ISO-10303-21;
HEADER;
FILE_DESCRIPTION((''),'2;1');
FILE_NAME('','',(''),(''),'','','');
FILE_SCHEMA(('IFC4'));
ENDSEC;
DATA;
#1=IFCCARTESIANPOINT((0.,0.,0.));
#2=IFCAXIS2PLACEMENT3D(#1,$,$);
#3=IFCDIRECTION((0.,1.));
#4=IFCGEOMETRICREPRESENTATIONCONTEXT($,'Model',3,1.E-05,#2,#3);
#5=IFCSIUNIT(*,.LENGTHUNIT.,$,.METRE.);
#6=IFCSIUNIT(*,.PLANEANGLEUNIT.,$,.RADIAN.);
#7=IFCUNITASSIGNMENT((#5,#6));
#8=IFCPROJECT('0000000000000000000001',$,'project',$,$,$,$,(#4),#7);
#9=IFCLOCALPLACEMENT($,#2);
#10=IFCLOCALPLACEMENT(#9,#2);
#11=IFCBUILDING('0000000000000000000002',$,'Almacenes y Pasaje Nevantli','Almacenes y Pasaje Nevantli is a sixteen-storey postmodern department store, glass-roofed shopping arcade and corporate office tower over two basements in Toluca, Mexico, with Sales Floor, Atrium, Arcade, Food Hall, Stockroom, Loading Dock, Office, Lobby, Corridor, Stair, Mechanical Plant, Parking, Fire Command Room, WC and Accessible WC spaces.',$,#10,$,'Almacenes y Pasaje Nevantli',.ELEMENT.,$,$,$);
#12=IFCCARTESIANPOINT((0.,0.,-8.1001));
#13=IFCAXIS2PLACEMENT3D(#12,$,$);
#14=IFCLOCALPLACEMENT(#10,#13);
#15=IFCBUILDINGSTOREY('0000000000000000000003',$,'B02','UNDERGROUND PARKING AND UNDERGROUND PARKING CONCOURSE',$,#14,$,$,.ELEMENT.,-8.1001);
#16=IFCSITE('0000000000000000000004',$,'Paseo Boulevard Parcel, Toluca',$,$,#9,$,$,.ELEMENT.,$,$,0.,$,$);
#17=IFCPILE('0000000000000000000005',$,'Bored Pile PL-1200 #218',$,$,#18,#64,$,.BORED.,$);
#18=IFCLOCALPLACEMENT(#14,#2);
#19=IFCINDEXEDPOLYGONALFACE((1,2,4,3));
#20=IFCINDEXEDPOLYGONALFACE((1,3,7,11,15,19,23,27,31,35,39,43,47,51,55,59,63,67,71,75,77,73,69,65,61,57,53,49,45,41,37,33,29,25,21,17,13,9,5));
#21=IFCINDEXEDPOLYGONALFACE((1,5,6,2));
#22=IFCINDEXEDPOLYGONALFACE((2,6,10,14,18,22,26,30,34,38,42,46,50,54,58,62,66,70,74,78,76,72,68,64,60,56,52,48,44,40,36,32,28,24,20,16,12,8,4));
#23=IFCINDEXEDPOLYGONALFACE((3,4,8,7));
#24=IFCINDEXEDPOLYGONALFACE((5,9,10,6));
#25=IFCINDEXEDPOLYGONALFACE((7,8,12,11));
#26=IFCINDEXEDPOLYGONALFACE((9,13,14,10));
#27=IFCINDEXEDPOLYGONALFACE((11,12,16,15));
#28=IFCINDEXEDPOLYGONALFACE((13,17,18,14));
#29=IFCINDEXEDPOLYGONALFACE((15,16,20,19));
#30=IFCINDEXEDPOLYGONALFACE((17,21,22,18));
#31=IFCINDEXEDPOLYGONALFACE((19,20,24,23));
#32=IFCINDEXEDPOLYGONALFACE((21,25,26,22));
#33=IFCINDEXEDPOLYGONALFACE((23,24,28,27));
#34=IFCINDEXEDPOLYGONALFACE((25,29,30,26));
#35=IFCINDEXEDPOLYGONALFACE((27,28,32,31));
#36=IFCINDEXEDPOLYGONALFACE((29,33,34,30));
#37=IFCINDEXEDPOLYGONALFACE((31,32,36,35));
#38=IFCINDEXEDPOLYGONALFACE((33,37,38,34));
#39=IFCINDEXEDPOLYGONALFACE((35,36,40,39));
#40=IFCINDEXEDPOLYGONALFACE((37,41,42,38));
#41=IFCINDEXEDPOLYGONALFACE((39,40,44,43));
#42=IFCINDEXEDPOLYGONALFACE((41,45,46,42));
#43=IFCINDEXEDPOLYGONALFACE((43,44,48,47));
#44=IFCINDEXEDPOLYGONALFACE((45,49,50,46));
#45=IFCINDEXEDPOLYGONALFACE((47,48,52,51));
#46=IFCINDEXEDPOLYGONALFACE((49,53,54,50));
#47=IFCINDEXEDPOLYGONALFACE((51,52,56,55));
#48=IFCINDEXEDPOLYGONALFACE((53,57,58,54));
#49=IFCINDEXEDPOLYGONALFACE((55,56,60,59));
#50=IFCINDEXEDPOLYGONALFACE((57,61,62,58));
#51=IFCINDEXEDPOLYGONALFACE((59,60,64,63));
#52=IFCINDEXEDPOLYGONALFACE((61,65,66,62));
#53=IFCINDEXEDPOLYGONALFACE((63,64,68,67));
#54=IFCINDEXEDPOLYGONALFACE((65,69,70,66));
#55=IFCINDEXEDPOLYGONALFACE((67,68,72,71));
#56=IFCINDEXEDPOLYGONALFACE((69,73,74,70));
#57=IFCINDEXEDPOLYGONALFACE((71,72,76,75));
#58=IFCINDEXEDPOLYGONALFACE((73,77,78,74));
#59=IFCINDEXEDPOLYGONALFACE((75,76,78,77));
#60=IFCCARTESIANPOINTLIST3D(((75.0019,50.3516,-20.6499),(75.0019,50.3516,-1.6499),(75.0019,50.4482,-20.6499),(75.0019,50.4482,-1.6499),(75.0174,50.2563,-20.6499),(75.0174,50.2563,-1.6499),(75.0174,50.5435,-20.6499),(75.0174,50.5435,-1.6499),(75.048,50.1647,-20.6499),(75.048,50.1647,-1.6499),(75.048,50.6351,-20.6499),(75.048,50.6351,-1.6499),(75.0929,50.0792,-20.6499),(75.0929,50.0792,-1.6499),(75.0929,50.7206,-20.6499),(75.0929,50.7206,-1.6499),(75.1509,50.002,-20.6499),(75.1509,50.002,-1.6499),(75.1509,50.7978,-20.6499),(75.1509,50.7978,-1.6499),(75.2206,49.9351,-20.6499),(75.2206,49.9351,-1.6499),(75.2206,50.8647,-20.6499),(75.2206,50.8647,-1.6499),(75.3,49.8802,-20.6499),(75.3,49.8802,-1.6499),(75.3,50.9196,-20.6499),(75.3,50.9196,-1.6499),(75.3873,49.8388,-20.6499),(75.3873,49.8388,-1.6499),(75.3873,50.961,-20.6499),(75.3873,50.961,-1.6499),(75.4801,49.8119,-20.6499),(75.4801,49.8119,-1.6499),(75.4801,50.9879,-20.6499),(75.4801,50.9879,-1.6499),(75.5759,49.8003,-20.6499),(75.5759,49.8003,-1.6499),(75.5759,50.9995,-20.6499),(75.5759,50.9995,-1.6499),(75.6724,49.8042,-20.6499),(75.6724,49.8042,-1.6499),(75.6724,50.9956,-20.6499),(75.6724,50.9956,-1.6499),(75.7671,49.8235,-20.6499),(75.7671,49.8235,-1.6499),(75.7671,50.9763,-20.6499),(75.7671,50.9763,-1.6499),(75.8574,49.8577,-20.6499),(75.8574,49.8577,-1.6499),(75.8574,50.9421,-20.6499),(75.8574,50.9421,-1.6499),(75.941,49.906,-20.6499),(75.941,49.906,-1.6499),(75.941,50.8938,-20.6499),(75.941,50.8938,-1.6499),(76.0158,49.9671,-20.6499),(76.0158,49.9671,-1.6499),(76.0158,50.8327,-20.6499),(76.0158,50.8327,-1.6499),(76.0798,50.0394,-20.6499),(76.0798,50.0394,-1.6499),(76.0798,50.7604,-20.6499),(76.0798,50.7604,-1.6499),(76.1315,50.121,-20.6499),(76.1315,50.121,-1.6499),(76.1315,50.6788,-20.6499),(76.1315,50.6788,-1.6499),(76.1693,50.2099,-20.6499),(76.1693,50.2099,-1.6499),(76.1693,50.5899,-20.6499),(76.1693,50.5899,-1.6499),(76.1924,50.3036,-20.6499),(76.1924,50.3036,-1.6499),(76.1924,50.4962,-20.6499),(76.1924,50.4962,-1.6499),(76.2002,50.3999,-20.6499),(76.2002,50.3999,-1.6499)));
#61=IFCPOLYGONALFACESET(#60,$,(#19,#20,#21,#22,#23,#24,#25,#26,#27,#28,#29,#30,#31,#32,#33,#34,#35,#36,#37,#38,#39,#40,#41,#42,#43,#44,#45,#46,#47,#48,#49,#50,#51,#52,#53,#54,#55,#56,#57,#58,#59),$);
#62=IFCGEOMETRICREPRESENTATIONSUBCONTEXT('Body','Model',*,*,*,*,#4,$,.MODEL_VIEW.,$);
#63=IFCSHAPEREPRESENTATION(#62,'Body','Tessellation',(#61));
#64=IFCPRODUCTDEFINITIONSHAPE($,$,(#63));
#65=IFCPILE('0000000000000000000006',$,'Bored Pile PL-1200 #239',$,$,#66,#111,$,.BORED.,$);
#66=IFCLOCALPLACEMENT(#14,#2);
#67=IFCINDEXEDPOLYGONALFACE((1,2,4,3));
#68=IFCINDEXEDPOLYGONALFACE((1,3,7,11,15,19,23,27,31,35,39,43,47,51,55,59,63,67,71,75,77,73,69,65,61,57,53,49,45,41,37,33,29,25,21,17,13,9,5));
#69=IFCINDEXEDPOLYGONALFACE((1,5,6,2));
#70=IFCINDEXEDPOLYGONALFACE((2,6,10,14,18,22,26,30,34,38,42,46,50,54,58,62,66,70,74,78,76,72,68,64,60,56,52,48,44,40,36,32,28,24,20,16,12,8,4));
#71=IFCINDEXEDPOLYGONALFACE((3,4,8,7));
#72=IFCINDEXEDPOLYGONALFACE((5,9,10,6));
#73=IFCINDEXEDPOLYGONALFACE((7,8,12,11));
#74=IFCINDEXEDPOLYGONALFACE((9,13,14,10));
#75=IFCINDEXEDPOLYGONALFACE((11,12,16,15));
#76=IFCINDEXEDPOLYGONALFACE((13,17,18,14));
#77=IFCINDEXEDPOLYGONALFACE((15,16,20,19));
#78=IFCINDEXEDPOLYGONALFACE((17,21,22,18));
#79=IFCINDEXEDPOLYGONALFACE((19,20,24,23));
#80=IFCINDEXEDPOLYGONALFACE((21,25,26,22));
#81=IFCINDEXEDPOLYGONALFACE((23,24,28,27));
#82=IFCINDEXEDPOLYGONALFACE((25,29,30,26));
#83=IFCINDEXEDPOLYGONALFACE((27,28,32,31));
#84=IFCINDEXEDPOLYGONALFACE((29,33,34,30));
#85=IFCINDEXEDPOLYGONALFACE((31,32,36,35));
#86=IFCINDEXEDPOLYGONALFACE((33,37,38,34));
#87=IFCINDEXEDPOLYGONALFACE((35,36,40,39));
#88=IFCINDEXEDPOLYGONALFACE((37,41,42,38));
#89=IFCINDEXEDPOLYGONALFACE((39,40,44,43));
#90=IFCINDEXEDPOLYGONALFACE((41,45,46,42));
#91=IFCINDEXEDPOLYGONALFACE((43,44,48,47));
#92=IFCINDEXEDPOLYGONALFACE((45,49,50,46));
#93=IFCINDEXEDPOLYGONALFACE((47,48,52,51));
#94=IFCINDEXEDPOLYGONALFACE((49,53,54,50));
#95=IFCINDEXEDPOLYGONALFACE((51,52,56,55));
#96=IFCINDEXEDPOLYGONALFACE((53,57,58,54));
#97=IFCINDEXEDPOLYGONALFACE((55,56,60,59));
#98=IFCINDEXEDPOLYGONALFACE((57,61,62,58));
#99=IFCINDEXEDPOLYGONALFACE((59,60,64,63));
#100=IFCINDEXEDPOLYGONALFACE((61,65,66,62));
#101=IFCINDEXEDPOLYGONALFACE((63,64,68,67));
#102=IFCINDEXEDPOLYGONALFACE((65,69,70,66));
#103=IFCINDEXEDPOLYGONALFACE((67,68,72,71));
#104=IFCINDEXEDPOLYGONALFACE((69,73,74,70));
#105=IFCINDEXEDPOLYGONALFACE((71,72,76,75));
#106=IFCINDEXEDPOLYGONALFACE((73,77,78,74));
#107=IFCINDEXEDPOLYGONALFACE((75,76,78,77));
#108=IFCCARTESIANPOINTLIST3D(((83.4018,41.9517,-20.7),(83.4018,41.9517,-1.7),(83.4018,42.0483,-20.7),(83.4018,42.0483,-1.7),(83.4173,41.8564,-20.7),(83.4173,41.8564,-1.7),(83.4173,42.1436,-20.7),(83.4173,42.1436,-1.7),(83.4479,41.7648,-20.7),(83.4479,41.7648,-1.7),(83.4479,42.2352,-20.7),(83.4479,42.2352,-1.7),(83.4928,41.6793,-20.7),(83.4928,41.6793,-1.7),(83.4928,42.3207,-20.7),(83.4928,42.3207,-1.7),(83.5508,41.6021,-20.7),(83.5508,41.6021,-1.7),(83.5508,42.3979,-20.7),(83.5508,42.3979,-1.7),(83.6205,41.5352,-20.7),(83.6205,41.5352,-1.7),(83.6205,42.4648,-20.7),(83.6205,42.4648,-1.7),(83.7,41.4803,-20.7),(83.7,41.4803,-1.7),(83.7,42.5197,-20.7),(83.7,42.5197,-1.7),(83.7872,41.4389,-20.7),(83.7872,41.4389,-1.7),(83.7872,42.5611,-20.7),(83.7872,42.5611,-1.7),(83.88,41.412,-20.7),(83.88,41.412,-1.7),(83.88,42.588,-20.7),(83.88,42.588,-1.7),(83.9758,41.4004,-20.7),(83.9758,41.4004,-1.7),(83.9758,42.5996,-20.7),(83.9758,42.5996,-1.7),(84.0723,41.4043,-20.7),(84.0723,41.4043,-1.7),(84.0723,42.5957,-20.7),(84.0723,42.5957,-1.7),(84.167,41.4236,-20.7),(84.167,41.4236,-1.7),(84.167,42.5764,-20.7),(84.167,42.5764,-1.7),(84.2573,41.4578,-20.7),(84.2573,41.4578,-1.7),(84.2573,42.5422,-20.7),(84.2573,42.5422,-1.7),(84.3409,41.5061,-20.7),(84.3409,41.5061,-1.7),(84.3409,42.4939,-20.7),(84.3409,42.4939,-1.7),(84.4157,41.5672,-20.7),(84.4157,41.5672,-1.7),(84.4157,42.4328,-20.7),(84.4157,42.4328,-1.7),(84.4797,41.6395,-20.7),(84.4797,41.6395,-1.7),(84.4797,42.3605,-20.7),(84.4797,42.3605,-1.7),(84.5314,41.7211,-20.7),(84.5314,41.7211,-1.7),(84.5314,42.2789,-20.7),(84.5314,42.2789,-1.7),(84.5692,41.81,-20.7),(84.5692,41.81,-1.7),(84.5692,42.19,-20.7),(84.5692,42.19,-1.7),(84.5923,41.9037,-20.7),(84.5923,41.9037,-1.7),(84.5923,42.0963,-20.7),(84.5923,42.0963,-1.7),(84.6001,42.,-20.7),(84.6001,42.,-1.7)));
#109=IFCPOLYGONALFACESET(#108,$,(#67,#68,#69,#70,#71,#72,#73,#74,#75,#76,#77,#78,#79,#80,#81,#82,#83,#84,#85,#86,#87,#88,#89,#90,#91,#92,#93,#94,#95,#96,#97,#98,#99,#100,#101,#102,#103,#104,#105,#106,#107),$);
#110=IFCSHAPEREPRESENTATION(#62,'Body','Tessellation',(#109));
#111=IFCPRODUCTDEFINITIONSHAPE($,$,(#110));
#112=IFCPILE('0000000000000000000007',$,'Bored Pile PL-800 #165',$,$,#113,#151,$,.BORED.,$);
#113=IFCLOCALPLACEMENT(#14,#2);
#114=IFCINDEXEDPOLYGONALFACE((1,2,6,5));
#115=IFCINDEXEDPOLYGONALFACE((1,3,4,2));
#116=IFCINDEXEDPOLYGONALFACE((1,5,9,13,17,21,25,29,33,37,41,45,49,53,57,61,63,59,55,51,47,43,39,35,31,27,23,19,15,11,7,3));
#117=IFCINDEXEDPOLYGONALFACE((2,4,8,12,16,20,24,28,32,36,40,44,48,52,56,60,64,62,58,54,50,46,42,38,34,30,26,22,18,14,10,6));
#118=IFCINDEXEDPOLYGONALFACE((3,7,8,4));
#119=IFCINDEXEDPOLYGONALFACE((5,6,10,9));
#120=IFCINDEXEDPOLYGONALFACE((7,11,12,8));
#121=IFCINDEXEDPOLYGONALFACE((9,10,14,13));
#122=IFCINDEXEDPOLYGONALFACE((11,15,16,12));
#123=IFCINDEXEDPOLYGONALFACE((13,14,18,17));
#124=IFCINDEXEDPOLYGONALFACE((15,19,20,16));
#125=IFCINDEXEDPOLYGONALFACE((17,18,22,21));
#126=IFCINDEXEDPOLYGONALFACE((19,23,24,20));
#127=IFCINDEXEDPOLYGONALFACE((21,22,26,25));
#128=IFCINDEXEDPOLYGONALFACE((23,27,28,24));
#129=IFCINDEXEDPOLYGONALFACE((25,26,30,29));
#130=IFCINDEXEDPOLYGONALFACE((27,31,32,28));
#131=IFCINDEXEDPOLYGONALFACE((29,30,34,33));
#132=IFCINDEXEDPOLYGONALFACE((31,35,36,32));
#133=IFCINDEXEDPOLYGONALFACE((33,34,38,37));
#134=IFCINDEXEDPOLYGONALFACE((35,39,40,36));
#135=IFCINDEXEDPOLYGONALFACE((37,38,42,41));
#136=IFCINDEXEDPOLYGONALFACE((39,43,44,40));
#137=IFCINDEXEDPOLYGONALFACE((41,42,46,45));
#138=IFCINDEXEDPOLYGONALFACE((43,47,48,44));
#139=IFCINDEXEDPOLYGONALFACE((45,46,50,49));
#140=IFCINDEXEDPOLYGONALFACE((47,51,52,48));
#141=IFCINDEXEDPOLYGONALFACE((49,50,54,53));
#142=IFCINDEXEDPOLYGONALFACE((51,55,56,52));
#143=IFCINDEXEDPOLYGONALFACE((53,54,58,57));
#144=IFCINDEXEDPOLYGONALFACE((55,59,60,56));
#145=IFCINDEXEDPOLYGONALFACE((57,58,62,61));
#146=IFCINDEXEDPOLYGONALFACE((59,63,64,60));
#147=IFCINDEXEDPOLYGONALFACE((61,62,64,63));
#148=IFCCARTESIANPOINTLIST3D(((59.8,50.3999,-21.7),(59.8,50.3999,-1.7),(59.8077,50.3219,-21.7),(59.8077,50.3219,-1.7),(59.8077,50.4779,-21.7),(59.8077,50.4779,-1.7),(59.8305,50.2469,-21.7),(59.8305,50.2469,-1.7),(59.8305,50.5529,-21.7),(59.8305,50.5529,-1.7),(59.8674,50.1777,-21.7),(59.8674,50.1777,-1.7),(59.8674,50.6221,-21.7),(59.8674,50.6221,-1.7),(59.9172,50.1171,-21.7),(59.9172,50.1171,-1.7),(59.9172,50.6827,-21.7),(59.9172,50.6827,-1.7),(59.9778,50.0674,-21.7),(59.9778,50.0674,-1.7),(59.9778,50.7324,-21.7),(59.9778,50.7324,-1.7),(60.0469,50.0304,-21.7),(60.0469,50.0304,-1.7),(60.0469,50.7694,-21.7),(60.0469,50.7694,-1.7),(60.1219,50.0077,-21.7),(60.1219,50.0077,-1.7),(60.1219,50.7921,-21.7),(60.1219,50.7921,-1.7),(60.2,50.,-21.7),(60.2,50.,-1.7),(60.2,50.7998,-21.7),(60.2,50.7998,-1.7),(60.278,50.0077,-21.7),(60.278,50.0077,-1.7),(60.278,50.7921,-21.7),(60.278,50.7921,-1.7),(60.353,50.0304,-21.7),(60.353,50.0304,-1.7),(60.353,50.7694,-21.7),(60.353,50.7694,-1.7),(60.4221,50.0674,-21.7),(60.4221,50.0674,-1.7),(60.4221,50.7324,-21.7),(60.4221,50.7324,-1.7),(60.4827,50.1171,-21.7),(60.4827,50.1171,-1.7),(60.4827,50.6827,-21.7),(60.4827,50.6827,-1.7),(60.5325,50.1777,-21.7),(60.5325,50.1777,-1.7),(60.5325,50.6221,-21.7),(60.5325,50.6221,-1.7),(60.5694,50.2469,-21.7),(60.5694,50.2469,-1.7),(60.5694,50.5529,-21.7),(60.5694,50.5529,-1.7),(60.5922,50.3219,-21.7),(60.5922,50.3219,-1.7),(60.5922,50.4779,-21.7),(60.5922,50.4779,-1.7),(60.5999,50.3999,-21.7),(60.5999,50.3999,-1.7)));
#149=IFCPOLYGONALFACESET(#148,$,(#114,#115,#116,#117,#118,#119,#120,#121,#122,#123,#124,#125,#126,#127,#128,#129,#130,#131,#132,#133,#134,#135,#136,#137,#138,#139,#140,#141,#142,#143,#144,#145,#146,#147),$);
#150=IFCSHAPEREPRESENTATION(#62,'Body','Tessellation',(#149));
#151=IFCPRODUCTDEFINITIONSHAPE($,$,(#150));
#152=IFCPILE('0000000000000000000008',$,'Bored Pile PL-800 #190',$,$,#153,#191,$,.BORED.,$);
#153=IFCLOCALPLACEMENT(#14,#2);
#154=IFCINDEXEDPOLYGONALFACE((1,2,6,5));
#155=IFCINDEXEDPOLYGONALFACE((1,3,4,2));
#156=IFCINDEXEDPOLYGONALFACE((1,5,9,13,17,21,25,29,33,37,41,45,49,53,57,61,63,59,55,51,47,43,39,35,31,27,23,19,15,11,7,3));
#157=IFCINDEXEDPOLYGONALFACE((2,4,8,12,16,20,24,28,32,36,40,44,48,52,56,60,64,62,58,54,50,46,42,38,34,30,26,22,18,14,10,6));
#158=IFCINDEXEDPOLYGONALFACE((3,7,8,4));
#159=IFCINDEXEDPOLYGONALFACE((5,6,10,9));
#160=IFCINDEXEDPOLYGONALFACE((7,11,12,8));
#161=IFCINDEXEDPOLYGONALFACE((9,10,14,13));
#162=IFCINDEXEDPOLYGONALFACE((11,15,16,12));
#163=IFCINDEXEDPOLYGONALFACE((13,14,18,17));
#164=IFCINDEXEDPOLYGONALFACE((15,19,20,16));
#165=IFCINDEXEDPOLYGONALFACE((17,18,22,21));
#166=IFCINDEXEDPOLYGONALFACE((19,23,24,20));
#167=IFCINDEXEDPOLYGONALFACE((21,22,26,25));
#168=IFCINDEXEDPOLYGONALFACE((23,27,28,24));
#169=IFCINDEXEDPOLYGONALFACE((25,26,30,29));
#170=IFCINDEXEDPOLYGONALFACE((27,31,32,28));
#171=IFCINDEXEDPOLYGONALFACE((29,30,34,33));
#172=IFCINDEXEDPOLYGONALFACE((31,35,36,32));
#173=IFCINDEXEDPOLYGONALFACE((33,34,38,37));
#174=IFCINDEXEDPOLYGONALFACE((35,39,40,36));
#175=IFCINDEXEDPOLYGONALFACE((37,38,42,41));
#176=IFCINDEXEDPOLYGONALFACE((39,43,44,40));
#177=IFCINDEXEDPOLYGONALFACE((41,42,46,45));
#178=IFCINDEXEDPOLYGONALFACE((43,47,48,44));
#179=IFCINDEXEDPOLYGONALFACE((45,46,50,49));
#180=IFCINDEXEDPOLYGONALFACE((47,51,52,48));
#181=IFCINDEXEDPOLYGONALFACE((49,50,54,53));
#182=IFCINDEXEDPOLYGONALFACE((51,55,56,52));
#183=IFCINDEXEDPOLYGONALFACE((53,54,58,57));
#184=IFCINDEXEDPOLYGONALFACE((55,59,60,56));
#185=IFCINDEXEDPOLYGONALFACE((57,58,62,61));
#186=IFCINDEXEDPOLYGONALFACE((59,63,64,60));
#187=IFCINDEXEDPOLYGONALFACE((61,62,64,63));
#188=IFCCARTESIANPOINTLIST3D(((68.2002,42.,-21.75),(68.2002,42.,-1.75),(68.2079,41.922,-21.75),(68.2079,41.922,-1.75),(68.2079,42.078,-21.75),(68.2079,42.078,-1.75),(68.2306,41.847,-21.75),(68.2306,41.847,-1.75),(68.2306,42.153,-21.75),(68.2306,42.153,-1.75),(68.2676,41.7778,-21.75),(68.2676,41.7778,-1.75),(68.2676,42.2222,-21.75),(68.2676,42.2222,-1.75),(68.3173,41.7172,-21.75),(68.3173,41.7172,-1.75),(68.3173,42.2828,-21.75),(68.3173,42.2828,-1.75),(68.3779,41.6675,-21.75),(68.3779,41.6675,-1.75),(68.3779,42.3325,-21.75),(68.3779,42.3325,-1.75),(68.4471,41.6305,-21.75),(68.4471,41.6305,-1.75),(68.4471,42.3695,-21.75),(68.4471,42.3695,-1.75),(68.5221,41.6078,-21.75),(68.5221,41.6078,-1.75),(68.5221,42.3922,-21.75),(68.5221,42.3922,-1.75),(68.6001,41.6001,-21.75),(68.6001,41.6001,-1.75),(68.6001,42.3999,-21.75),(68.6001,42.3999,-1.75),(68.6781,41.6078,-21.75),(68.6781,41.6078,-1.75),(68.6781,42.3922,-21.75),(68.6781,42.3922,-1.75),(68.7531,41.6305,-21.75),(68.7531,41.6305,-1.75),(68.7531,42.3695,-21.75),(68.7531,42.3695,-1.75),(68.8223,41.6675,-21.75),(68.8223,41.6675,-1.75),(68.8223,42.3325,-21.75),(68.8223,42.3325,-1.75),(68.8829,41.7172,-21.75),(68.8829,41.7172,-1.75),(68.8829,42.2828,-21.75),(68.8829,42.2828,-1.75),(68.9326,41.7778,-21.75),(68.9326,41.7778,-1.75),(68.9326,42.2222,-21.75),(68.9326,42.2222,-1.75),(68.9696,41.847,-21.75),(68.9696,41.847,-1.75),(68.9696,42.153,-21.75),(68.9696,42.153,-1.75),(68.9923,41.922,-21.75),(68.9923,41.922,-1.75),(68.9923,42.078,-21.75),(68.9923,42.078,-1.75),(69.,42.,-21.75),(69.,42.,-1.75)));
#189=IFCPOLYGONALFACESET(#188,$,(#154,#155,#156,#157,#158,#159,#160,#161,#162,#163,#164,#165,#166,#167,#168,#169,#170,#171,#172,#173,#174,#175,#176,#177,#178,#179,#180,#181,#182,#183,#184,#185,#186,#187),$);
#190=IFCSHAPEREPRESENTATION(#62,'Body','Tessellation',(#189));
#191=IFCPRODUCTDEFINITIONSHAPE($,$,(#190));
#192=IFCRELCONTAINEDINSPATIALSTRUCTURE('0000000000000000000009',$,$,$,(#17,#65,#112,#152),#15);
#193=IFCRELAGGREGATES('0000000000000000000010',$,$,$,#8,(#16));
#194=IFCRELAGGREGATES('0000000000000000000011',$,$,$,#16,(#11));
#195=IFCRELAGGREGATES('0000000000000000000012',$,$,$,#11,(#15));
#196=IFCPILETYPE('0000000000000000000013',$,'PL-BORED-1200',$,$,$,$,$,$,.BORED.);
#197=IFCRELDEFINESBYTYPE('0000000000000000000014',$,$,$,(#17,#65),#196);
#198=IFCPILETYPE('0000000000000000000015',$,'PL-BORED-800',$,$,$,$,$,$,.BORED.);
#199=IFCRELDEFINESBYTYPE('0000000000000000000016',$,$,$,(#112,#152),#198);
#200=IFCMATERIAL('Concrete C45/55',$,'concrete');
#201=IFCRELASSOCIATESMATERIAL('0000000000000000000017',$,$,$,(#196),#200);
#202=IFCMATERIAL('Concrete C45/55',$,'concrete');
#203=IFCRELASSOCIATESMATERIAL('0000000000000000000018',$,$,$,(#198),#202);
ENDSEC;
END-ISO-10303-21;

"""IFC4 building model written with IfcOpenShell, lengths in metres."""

from ifc_helpers import new_model, si_unit, direction, frame, origin, origin_2d, place, context, subcontext, project, spatial, circle, extrude, material, material_profile, profile_set, type_object, element, save


model = new_model("IFC4")

# Units and contexts
model_context = context("Model", 3, precision=1e-05, world=origin(), true_north=direction((0.0, 1.0)))
body_context = subcontext(model_context, "Body", "Model", "MODEL_VIEW")
ifc_project = project(units=[si_unit("LENGTHUNIT", "METRE"), si_unit("PLANEANGLEUNIT", "RADIAN")], contexts=[model_context])

# Site, building, storey
site_placement = place(None, origin())
site = spatial("IfcSite", under=ifc_project, at=site_placement, Name="Paseo Boulevard Parcel, Toluca", CompositionType="ELEMENT", RefElevation=0.0)
building_placement = place(site_placement, origin())
building = spatial("IfcBuilding", under=site, at=building_placement, Name="Almacenes y Pasaje Nevantli", Description="Almacenes y Pasaje Nevantli is a sixteen-storey postmodern department store, glass-roofed shopping arcade and corporate office tower over two basements in Toluca, Mexico, with Sales Floor, Atrium, Arcade, Food Hall, Stockroom, Loading Dock, Office, Lobby, Corridor, Stair, Mechanical Plant, Parking, Fire Command Room, WC and Accessible WC spaces.", LongName="Almacenes y Pasaje Nevantli", CompositionType="ELEMENT")
storey_placement = place(building_placement, frame((0.0, 0.0, -8.1001)))
storey = spatial("IfcBuildingStorey", under=building, at=storey_placement, Name="B02", Description="UNDERGROUND PARKING AND UNDERGROUND PARKING CONCOURSE", CompositionType="ELEMENT", Elevation=-8.1001)

# Piles
ifc_material_1 = material(Name="Concrete C45/55", Category="concrete")
ifc_material_profile_1 = material_profile(ifc_material_1, circle(Radius=0.6001, at=origin_2d()), Name="RC-PILE-D1200")
ifc_profile_set_1 = profile_set([ifc_material_profile_1], Name="Concrete C45/55")
pile_type_1 = type_object("IfcPileType", Name="PL-BORED-1200", PredefinedType="BORED", material=ifc_profile_set_1)
for number, where, z_axis, x_axis, name in (
    (1, (75.6001, 50.3999, -1.6499), (0.0, 0.0, -1.0), (1.0, 0.0, 0.0), "Bored Pile PL-1200 #218"),
    (2, (84.0, 42.0, -1.7), (0.0, 0.0, -1.0), (1.0, 0.0, 0.0), "Bored Pile PL-1200 #239"),
):
    element("IfcPile", number, at=place(storey_placement, frame(where, z_axis=z_axis, x_axis=x_axis)), inside=storey, type_object=pile_type_1, Name=name, PredefinedType="BORED", context=body_context, shape_type="SweptSolid", body=[
        extrude(circle(Radius=0.6001, at=origin_2d()), origin(), (0.0, 0.0, 1.0), 19.0),
    ])
ifc_material_2 = material(Name="Concrete C45/55", Category="concrete")
ifc_material_profile_2 = material_profile(ifc_material_2, circle(Radius=0.3999, at=origin_2d()), Name="RC-PILE-D800")
ifc_profile_set_2 = profile_set([ifc_material_profile_2], Name="Concrete C45/55")
pile_type_2 = type_object("IfcPileType", Name="PL-BORED-800", PredefinedType="BORED", material=ifc_profile_set_2)
for number, where, z_axis, x_axis, name in (
    (3, (60.2, 50.3999, -1.7), (0.0, 0.0, -1.0), (1.0, 0.0, 0.0), "Bored Pile PL-800 #165"),
    (4, (68.6001, 42.0, -1.75), (0.0, 0.0, -1.0), (1.0, 0.0, 0.0), "Bored Pile PL-800 #190"),
):
    element("IfcPile", number, at=place(storey_placement, frame(where, z_axis=z_axis, x_axis=x_axis)), inside=storey, type_object=pile_type_2, Name=name, PredefinedType="BORED", context=body_context, shape_type="SweptSolid", body=[
        extrude(circle(Radius=0.3999, at=origin_2d()), origin(), (0.0, 0.0, 1.0), 20.0),
    ])

save(model, "model.ifc")
